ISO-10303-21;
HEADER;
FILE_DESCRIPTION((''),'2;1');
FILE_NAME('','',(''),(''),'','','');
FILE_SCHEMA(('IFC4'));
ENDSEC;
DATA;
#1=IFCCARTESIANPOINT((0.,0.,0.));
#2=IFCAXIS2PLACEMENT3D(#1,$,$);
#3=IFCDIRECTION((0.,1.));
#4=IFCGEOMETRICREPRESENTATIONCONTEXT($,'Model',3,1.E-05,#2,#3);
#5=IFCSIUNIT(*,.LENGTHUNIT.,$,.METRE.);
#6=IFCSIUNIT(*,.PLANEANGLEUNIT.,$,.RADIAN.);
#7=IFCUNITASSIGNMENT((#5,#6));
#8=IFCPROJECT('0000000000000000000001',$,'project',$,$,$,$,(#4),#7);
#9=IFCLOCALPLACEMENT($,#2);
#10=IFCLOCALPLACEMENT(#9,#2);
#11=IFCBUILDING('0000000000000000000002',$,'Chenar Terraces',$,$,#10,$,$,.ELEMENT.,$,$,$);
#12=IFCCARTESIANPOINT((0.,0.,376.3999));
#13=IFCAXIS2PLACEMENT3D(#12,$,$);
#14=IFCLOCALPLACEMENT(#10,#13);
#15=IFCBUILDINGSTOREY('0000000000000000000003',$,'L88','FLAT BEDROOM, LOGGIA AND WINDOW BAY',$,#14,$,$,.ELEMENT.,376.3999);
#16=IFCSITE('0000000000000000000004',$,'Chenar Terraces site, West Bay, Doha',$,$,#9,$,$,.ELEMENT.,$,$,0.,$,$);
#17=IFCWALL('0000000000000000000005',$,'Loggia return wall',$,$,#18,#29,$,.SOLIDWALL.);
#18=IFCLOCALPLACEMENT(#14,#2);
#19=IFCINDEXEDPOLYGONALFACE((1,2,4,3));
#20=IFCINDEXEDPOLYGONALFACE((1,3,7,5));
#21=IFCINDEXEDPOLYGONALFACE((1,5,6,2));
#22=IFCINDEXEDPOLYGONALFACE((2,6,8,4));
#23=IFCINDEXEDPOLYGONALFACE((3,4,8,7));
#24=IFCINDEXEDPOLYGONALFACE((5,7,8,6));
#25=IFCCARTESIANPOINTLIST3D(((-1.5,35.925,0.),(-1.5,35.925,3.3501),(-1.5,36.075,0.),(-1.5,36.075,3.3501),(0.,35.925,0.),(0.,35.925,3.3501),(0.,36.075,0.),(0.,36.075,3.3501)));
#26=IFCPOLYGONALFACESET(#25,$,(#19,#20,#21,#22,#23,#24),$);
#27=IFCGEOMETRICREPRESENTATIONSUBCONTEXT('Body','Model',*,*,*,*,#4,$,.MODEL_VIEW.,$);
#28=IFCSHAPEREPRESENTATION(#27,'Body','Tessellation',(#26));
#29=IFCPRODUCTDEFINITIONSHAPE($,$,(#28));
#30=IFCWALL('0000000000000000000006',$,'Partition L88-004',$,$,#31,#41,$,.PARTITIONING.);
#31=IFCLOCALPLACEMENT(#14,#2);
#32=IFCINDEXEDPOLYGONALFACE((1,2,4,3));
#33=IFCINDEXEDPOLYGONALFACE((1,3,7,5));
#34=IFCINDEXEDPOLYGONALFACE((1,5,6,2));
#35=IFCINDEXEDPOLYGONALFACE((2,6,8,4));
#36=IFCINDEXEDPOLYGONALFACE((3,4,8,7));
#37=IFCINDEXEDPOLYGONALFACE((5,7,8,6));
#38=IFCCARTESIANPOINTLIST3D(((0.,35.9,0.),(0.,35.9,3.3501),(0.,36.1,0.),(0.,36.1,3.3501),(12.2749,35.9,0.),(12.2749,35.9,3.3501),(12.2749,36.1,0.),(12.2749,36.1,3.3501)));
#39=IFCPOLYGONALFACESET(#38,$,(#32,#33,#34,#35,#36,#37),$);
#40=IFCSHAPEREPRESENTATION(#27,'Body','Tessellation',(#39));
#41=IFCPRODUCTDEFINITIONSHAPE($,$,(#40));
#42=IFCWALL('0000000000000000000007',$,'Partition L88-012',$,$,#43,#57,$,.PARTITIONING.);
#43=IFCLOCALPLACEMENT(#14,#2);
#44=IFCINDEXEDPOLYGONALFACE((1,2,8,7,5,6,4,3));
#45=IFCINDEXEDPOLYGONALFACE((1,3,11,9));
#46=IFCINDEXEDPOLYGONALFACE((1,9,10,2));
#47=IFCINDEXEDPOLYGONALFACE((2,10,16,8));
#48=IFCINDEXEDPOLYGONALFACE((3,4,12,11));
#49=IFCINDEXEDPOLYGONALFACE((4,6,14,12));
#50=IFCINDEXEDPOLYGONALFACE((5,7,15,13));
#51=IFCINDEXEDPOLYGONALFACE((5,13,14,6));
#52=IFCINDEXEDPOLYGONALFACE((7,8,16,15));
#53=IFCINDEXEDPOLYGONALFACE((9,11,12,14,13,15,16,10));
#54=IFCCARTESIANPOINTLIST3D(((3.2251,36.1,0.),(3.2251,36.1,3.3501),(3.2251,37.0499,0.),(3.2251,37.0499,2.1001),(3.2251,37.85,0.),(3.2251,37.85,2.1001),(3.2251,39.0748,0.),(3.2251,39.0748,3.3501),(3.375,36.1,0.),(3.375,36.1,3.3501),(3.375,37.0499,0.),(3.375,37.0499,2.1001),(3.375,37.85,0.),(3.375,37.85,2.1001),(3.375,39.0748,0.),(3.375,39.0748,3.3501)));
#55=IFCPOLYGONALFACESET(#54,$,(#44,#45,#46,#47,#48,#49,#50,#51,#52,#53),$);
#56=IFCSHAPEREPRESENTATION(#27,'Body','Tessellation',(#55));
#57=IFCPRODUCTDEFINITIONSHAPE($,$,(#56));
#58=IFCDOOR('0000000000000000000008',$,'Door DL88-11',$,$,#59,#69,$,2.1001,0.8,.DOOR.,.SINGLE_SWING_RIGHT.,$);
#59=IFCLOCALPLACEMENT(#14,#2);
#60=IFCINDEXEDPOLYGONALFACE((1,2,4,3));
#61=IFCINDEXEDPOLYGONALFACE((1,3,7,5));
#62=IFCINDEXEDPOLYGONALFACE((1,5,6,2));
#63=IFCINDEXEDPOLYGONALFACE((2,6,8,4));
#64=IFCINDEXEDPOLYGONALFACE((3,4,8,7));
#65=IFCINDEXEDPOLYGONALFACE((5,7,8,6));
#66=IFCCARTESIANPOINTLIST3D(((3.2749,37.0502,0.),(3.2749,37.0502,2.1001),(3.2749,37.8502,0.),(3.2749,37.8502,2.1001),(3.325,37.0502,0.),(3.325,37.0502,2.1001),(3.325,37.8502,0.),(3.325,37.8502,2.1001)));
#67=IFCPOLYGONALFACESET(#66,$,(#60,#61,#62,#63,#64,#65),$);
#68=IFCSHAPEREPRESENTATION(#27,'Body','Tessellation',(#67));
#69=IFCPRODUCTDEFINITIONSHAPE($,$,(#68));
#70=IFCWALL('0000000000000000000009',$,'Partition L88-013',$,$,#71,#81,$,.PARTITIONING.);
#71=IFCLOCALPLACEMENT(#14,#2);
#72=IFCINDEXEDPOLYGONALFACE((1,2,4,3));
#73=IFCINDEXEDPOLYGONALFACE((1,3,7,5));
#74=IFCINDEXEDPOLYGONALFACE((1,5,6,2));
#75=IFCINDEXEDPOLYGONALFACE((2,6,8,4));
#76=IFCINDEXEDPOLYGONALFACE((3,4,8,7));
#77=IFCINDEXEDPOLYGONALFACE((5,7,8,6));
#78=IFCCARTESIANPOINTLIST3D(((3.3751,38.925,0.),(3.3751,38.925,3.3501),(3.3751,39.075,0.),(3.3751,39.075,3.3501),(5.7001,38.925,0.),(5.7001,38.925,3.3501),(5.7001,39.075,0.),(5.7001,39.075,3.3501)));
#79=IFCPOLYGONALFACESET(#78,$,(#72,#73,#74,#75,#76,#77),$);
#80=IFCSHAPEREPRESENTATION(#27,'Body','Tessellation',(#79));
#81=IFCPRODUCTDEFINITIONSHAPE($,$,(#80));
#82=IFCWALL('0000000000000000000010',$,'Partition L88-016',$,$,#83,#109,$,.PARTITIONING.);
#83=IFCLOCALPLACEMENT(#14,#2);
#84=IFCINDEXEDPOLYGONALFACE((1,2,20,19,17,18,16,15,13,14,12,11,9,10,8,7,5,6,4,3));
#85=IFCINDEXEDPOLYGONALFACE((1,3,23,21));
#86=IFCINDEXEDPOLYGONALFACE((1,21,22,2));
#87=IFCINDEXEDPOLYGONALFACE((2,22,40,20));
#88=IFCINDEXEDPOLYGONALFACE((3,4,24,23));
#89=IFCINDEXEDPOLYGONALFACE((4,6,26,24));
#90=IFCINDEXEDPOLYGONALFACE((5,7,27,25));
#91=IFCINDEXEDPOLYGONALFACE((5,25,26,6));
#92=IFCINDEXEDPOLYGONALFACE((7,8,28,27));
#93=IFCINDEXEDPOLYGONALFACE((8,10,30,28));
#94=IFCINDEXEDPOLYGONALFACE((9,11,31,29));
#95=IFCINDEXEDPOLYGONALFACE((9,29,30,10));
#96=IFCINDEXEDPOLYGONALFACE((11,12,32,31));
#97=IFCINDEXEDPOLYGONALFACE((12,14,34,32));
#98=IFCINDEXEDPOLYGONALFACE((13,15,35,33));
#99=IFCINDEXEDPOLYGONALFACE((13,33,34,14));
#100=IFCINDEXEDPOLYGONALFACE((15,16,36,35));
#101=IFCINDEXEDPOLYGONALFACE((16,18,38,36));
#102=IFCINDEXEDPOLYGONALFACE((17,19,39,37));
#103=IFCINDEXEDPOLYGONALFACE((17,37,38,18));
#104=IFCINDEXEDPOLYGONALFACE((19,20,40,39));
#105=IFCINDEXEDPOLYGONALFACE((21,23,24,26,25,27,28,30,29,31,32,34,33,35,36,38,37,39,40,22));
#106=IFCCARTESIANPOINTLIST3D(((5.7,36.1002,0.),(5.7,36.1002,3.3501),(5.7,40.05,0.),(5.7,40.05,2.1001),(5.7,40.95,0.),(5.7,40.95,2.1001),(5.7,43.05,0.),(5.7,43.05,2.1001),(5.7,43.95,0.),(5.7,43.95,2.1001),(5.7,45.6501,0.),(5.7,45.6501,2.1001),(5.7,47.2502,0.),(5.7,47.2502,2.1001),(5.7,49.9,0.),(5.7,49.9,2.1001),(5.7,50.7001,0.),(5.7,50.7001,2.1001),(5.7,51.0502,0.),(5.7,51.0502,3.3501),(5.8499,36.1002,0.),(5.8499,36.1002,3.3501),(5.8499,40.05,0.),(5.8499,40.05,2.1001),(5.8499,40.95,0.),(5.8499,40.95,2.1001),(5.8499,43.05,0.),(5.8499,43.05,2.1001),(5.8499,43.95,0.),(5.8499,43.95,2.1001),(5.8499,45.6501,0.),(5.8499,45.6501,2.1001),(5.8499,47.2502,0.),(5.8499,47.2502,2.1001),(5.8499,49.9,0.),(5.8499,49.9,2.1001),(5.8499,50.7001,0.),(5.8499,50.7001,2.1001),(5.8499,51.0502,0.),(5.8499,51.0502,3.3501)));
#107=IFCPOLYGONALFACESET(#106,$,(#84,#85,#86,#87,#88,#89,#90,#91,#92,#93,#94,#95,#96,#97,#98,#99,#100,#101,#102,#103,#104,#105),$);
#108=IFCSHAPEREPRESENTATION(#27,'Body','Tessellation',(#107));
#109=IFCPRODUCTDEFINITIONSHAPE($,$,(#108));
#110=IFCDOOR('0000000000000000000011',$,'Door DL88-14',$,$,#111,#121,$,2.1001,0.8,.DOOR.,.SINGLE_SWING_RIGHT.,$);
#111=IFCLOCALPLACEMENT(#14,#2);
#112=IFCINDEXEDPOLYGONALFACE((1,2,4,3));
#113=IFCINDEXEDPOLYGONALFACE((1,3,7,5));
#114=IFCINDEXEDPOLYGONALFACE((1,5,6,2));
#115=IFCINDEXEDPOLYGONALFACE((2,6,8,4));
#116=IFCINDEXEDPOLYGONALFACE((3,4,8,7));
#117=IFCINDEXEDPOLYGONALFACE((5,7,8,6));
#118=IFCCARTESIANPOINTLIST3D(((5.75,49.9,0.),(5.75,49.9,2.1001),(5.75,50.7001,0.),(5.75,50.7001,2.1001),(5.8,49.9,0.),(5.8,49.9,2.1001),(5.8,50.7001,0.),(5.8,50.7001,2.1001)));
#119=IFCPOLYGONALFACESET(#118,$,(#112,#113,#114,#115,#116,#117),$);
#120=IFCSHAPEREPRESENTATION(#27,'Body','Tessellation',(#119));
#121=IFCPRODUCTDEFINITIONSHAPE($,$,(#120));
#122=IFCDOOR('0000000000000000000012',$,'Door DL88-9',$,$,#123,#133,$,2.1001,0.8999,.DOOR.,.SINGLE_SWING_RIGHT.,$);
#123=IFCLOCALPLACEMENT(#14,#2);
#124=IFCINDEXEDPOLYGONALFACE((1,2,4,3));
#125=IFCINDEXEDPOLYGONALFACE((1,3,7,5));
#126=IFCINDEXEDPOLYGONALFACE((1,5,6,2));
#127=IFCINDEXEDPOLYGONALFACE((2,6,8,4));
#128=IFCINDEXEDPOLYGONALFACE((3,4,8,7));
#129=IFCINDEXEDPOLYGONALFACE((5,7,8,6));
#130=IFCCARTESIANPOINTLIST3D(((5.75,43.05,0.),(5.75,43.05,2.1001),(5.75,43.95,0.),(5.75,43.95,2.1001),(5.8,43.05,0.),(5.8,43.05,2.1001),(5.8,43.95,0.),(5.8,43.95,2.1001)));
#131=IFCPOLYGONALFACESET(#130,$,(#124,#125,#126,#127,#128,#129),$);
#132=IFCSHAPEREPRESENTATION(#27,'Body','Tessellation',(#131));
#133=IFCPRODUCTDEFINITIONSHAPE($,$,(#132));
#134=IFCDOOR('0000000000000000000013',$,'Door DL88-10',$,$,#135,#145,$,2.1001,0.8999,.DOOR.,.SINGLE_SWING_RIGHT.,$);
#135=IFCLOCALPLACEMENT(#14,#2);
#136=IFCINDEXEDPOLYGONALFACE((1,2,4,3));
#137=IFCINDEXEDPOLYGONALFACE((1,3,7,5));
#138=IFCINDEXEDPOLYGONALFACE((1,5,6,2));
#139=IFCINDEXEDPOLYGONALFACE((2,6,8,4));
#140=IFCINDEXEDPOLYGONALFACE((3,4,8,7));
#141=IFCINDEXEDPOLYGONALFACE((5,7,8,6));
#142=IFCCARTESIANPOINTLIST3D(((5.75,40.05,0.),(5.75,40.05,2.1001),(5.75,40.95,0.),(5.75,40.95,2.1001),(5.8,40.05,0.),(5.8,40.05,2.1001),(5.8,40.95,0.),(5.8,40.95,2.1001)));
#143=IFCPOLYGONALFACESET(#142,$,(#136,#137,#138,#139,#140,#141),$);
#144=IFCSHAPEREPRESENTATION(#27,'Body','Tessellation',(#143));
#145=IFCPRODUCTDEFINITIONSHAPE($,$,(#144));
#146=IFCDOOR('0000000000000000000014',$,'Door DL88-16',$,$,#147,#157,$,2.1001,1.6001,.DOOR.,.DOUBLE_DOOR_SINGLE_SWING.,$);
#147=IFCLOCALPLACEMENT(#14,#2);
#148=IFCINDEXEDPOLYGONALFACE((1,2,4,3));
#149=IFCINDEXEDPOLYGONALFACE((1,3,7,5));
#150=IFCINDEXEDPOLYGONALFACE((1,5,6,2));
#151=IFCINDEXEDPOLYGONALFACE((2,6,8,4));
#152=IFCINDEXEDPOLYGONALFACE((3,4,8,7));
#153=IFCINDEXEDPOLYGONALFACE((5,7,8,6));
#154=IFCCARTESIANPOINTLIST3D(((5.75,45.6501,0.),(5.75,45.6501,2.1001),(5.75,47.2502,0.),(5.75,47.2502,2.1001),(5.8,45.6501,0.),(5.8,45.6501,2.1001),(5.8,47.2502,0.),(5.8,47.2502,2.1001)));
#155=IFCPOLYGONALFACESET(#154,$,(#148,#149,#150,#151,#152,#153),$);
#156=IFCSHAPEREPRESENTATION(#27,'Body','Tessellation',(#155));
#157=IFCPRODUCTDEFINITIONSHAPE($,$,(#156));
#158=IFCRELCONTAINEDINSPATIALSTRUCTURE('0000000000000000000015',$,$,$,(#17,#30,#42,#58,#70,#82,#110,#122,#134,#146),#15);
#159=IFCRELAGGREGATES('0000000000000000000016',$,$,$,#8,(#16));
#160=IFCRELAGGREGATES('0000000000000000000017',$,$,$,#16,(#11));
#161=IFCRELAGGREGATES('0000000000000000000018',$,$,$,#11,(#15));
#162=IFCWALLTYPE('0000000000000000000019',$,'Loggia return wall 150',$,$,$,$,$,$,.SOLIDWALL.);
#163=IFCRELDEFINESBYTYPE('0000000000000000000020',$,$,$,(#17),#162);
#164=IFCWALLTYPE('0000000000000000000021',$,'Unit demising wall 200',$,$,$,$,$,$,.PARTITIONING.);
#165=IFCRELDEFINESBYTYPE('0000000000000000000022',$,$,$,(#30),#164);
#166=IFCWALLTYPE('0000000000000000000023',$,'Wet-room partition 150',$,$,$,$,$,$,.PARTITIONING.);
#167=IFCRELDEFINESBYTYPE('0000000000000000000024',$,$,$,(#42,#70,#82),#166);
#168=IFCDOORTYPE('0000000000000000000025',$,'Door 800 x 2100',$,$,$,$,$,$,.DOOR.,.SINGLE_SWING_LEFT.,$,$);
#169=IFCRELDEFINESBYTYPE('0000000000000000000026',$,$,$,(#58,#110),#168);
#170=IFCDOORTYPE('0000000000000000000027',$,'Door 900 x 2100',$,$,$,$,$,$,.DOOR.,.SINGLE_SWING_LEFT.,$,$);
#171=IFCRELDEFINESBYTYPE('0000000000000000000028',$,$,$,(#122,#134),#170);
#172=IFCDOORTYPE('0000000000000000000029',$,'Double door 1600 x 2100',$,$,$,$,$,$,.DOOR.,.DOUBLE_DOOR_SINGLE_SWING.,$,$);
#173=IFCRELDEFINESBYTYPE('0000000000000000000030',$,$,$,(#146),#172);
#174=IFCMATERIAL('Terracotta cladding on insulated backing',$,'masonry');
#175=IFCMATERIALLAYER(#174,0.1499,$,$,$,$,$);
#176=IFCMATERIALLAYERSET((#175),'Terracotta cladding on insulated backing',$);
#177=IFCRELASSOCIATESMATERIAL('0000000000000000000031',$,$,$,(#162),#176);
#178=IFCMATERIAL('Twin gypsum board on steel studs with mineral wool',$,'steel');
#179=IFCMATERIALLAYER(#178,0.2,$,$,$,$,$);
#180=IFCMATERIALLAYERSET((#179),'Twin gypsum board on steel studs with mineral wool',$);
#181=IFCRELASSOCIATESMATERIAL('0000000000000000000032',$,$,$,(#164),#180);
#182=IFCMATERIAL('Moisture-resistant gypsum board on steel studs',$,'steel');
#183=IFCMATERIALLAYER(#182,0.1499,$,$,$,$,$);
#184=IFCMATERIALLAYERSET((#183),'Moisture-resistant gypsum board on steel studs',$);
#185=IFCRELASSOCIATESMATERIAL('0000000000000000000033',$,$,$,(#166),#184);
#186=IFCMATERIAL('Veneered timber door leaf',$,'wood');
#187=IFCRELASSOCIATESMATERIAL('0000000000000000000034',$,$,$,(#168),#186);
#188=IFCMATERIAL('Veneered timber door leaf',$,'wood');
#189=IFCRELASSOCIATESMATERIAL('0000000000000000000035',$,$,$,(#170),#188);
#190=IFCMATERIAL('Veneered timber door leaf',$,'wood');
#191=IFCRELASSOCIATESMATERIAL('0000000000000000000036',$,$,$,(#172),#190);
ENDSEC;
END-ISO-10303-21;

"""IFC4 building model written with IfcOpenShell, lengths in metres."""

from ifc_helpers import new_model, si_unit, direction, frame, frame_2d, origin, place, context, subcontext, project, spatial, rectangle, extrude, material, layer, layer_set, type_object, element, fill, save


model = new_model("IFC4")

# Units and contexts
model_context = context("Model", 3, precision=1e-05, world=origin(), true_north=direction((0.0, 1.0)))
body_context = subcontext(model_context, "Body", "Model", "MODEL_VIEW")
ifc_project = project(units=[si_unit("LENGTHUNIT", "METRE"), si_unit("PLANEANGLEUNIT", "RADIAN")], contexts=[model_context])

# Site, building, storey
site_placement = place(None, origin())
site = spatial("IfcSite", under=ifc_project, at=site_placement, Name="Chenar Terraces site, West Bay, Doha", CompositionType="ELEMENT", RefElevation=0.0)
building_placement = place(site_placement, origin())
building = spatial("IfcBuilding", under=site, at=building_placement, Name="Chenar Terraces", CompositionType="ELEMENT")
storey_placement = place(building_placement, frame((0.0, 0.0, 376.3999)))
storey = spatial("IfcBuildingStorey", under=building, at=storey_placement, Name="L88", Description="FLAT BEDROOM, LOGGIA AND WINDOW BAY", CompositionType="ELEMENT", Elevation=376.3999)

# Shared definitions
placement = place(storey_placement, frame((0.0, 36.0, 0.0), z_axis=(0.0, 0.0, 1.0), x_axis=(1.0, 0.0, 0.0)))

# Walls
ifc_material_1 = material(Name="Terracotta cladding on insulated backing", Category="masonry")
ifc_layer_1 = layer(ifc_material_1, 0.1499)
ifc_layer_set_1 = layer_set([ifc_layer_1], Name="Terracotta cladding on insulated backing")
wall_type_1 = type_object("IfcWallType", Name="Loggia return wall 150", PredefinedType="SOLIDWALL", material=ifc_layer_set_1)
wall_1_placement = place(storey_placement, frame((-1.5, 36.0, 0.0), z_axis=(0.0, 0.0, 1.0), x_axis=(1.0, 0.0, 0.0)))
element("IfcWall", 1, at=wall_1_placement, inside=storey, type_object=wall_type_1, Name="Loggia return wall", PredefinedType="SOLIDWALL", context=body_context, shape_type="SweptSolid", body=[
    extrude(rectangle(XDim=1.5, YDim=0.1499, at=frame_2d((0.75, 0.0))), origin(), (0.0, 0.0, 1.0), 3.3501),
])
ifc_material_2 = material(Name="Twin gypsum board on steel studs with mineral wool", Category="steel")
ifc_layer_2 = layer(ifc_material_2, 0.2)
ifc_layer_set_2 = layer_set([ifc_layer_2], Name="Twin gypsum board on steel studs with mineral wool")
wall_type_2 = type_object("IfcWallType", Name="Unit demising wall 200", PredefinedType="PARTITIONING", material=ifc_layer_set_2)
element("IfcWall", 2, at=placement, inside=storey, type_object=wall_type_2, Name="Partition L88-004", PredefinedType="PARTITIONING", context=body_context, shape_type="SweptSolid", body=[
    extrude(rectangle(XDim=12.2749, YDim=0.2, at=frame_2d((6.1375, 0.0))), origin(), (0.0, 0.0, 1.0), 3.3501),
])

# Wall, opening, door
ifc_material_3 = material(Name="Moisture-resistant gypsum board on steel studs", Category="steel")
ifc_layer_3 = layer(ifc_material_3, 0.1499)
ifc_layer_set_3 = layer_set([ifc_layer_3], Name="Moisture-resistant gypsum board on steel studs")
wall_type_3 = type_object("IfcWallType", Name="Wet-room partition 150", PredefinedType="PARTITIONING", material=ifc_layer_set_3)
wall_2_placement = place(storey_placement, frame((3.3, 36.1001, 0.0), z_axis=(0.0, 0.0, 1.0), x_axis=(0.0, 1.0, 0.0)))
wall_2 = element("IfcWall", 3, at=wall_2_placement, inside=storey, type_object=wall_type_3, Name="Partition L88-012", PredefinedType="PARTITIONING", context=body_context, shape_type="SweptSolid", body=[
    extrude(rectangle(XDim=2.9749, YDim=0.1499, at=frame_2d((1.4873, 0.0))), origin(), (0.0, 0.0, 1.0), 3.3501),
])
opening_1_placement = place(wall_2_placement, frame((0.95, 0.0, 0.0)))
opening_1 = element("IfcOpeningElement", 4, at=opening_1_placement, cuts=wall_2, PredefinedType="OPENING", context=body_context, shape_type="SweptSolid", body=[
    extrude(rectangle(XDim=0.8, YDim=2.1001, at=frame_2d((0.3999, 1.05))), frame((0.0, 0.085, 0.0), z_axis=(0.0, -1.0, 0.0), x_axis=(1.0, 0.0, 0.0)), (0.0, 0.0, 1.0), 0.1699),
])
ifc_material_4 = material(Name="Veneered timber door leaf", Category="wood")
door_type_1 = type_object("IfcDoorType", Name="Door 800 x 2100", OperationType="SINGLE_SWING_LEFT", PredefinedType="DOOR", material=ifc_material_4)
door_1_placement = place(opening_1_placement, frame((0.8, 0.0, 0.0), z_axis=(0.0, 0.0, 1.0), x_axis=(-1.0, 0.0, 0.0)))
door_1 = element("IfcDoor", 5, at=door_1_placement, inside=storey, type_object=door_type_1, Name="Door DL88-11", OperationType="SINGLE_SWING_RIGHT", OverallHeight=2.1001, OverallWidth=0.8, PredefinedType="DOOR", context=body_context, shape_type="SweptSolid", body=[
    extrude(rectangle(XDim=0.8, YDim=2.1001, at=frame_2d((0.3999, 1.05))), frame((0.0, 0.0249, 0.0), z_axis=(0.0, -1.0, 0.0), x_axis=(1.0, 0.0, 0.0)), (0.0, 0.0, 1.0), 0.05),
])
fill(opening_1, door_1)

# Wall
wall_3_placement = place(storey_placement, frame((3.375, 39.0, 0.0), z_axis=(0.0, 0.0, 1.0), x_axis=(1.0, 0.0, 0.0)))
element("IfcWall", 6, at=wall_3_placement, inside=storey, type_object=wall_type_3, Name="Partition L88-013", PredefinedType="PARTITIONING", context=body_context, shape_type="SweptSolid", body=[
    extrude(rectangle(XDim=2.325, YDim=0.1499, at=frame_2d((1.1626, 0.0))), origin(), (0.0, 0.0, 1.0), 3.3501),
])

# Wall, openings, doors
wall_4_placement = place(storey_placement, frame((5.7749, 36.1001, 0.0), z_axis=(0.0, 0.0, 1.0), x_axis=(0.0, 1.0, 0.0)))
wall_4 = element("IfcWall", 7, at=wall_4_placement, inside=storey, type_object=wall_type_3, Name="Partition L88-016", PredefinedType="PARTITIONING", context=body_context, shape_type="SweptSolid", body=[
    extrude(rectangle(XDim=14.95, YDim=0.1499, at=frame_2d((7.4751, 0.0))), origin(), (0.0, 0.0, 1.0), 3.3501),
])
opening_2_placement = place(wall_4_placement, frame((6.95, 0.0, 0.0)))
opening_2 = element("IfcOpeningElement", 8, at=opening_2_placement, cuts=wall_4, PredefinedType="OPENING", context=body_context, shape_type="SweptSolid", body=[
    extrude(rectangle(XDim=0.8999, YDim=2.1001, at=frame_2d((0.45, 1.05))), frame((0.0, 0.085, 0.0), z_axis=(0.0, -1.0, 0.0), x_axis=(1.0, 0.0, 0.0)), (0.0, 0.0, 1.0), 0.1699),
])
opening_3_placement = place(wall_4_placement, frame((3.95, 0.0, 0.0)))
opening_3 = element("IfcOpeningElement", 9, at=opening_3_placement, cuts=wall_4, PredefinedType="OPENING", context=body_context, shape_type="SweptSolid", body=[
    extrude(rectangle(XDim=0.8999, YDim=2.1001, at=frame_2d((0.45, 1.05))), frame((0.0, 0.085, 0.0), z_axis=(0.0, -1.0, 0.0), x_axis=(1.0, 0.0, 0.0)), (0.0, 0.0, 1.0), 0.1699),
])
opening_4_placement = place(wall_4_placement, frame((13.8, 0.0, 0.0)))
opening_4 = element("IfcOpeningElement", 10, at=opening_4_placement, cuts=wall_4, PredefinedType="OPENING", context=body_context, shape_type="SweptSolid", body=[
    extrude(rectangle(XDim=0.8, YDim=2.1001, at=frame_2d((0.3999, 1.05))), frame((0.0, 0.085, 0.0), z_axis=(0.0, -1.0, 0.0), x_axis=(1.0, 0.0, 0.0)), (0.0, 0.0, 1.0), 0.1699),
])
opening_5_placement = place(wall_4_placement, frame((9.55, 0.0, 0.0)))
opening_5 = element("IfcOpeningElement", 11, at=opening_5_placement, cuts=wall_4, PredefinedType="OPENING", context=body_context, shape_type="SweptSolid", body=[
    extrude(rectangle(XDim=1.6001, YDim=2.1001, at=frame_2d((0.8, 1.05))), frame((0.0, 0.085, 0.0), z_axis=(0.0, -1.0, 0.0), x_axis=(1.0, 0.0, 0.0)), (0.0, 0.0, 1.0), 0.1699),
])
door_2_placement = place(opening_4_placement, origin())
door_2 = element("IfcDoor", 12, at=door_2_placement, inside=storey, type_object=door_type_1, Name="Door DL88-14", OperationType="SINGLE_SWING_RIGHT", OverallHeight=2.1001, OverallWidth=0.8, PredefinedType="DOOR", context=body_context, shape_type="SweptSolid", body=[
    extrude(rectangle(XDim=0.8, YDim=2.1001, at=frame_2d((0.3999, 1.05))), frame((0.0, 0.0249, 0.0), z_axis=(0.0, -1.0, 0.0), x_axis=(1.0, 0.0, 0.0)), (0.0, 0.0, 1.0), 0.05),
])
fill(opening_4, door_2)
ifc_material_5 = material(Name="Veneered timber door leaf", Category="wood")
door_type_2 = type_object("IfcDoorType", Name="Door 900 x 2100", OperationType="SINGLE_SWING_LEFT", PredefinedType="DOOR", material=ifc_material_5)
door_3_placement = place(opening_2_placement, origin())
door_3 = element("IfcDoor", 13, at=door_3_placement, inside=storey, type_object=door_type_2, Name="Door DL88-9", OperationType="SINGLE_SWING_RIGHT", OverallHeight=2.1001, OverallWidth=0.8999, PredefinedType="DOOR", context=body_context, shape_type="SweptSolid", body=[
    extrude(rectangle(XDim=0.8999, YDim=2.1001, at=frame_2d((0.45, 1.05))), frame((0.0, 0.0249, 0.0), z_axis=(0.0, -1.0, 0.0), x_axis=(1.0, 0.0, 0.0)), (0.0, 0.0, 1.0), 0.05),
])
fill(opening_2, door_3)
door_4_placement = place(opening_3_placement, origin())
door_4 = element("IfcDoor", 14, at=door_4_placement, inside=storey, type_object=door_type_2, Name="Door DL88-10", OperationType="SINGLE_SWING_RIGHT", OverallHeight=2.1001, OverallWidth=0.8999, PredefinedType="DOOR", context=body_context, shape_type="SweptSolid", body=[
    extrude(rectangle(XDim=0.8999, YDim=2.1001, at=frame_2d((0.45, 1.05))), frame((0.0, 0.0249, 0.0), z_axis=(0.0, -1.0, 0.0), x_axis=(1.0, 0.0, 0.0)), (0.0, 0.0, 1.0), 0.05),
])
fill(opening_3, door_4)
ifc_material_6 = material(Name="Veneered timber door leaf", Category="wood")
door_type_3 = type_object("IfcDoorType", Name="Double door 1600 x 2100", OperationType="DOUBLE_DOOR_SINGLE_SWING", PredefinedType="DOOR", material=ifc_material_6)
door_5_placement = place(opening_5_placement, origin())
door_5 = element("IfcDoor", 15, at=door_5_placement, inside=storey, type_object=door_type_3, Name="Door DL88-16", OperationType="DOUBLE_DOOR_SINGLE_SWING", OverallHeight=2.1001, OverallWidth=1.6001, PredefinedType="DOOR", context=body_context, shape_type="SweptSolid", body=[
    extrude(rectangle(XDim=1.6001, YDim=2.1001, at=frame_2d((0.8, 1.05))), frame((0.0, 0.0249, 0.0), z_axis=(0.0, -1.0, 0.0), x_axis=(1.0, 0.0, 0.0)), (0.0, 0.0, 1.0), 0.05),
])
fill(opening_5, door_5)

save(model, "model.ifc")
